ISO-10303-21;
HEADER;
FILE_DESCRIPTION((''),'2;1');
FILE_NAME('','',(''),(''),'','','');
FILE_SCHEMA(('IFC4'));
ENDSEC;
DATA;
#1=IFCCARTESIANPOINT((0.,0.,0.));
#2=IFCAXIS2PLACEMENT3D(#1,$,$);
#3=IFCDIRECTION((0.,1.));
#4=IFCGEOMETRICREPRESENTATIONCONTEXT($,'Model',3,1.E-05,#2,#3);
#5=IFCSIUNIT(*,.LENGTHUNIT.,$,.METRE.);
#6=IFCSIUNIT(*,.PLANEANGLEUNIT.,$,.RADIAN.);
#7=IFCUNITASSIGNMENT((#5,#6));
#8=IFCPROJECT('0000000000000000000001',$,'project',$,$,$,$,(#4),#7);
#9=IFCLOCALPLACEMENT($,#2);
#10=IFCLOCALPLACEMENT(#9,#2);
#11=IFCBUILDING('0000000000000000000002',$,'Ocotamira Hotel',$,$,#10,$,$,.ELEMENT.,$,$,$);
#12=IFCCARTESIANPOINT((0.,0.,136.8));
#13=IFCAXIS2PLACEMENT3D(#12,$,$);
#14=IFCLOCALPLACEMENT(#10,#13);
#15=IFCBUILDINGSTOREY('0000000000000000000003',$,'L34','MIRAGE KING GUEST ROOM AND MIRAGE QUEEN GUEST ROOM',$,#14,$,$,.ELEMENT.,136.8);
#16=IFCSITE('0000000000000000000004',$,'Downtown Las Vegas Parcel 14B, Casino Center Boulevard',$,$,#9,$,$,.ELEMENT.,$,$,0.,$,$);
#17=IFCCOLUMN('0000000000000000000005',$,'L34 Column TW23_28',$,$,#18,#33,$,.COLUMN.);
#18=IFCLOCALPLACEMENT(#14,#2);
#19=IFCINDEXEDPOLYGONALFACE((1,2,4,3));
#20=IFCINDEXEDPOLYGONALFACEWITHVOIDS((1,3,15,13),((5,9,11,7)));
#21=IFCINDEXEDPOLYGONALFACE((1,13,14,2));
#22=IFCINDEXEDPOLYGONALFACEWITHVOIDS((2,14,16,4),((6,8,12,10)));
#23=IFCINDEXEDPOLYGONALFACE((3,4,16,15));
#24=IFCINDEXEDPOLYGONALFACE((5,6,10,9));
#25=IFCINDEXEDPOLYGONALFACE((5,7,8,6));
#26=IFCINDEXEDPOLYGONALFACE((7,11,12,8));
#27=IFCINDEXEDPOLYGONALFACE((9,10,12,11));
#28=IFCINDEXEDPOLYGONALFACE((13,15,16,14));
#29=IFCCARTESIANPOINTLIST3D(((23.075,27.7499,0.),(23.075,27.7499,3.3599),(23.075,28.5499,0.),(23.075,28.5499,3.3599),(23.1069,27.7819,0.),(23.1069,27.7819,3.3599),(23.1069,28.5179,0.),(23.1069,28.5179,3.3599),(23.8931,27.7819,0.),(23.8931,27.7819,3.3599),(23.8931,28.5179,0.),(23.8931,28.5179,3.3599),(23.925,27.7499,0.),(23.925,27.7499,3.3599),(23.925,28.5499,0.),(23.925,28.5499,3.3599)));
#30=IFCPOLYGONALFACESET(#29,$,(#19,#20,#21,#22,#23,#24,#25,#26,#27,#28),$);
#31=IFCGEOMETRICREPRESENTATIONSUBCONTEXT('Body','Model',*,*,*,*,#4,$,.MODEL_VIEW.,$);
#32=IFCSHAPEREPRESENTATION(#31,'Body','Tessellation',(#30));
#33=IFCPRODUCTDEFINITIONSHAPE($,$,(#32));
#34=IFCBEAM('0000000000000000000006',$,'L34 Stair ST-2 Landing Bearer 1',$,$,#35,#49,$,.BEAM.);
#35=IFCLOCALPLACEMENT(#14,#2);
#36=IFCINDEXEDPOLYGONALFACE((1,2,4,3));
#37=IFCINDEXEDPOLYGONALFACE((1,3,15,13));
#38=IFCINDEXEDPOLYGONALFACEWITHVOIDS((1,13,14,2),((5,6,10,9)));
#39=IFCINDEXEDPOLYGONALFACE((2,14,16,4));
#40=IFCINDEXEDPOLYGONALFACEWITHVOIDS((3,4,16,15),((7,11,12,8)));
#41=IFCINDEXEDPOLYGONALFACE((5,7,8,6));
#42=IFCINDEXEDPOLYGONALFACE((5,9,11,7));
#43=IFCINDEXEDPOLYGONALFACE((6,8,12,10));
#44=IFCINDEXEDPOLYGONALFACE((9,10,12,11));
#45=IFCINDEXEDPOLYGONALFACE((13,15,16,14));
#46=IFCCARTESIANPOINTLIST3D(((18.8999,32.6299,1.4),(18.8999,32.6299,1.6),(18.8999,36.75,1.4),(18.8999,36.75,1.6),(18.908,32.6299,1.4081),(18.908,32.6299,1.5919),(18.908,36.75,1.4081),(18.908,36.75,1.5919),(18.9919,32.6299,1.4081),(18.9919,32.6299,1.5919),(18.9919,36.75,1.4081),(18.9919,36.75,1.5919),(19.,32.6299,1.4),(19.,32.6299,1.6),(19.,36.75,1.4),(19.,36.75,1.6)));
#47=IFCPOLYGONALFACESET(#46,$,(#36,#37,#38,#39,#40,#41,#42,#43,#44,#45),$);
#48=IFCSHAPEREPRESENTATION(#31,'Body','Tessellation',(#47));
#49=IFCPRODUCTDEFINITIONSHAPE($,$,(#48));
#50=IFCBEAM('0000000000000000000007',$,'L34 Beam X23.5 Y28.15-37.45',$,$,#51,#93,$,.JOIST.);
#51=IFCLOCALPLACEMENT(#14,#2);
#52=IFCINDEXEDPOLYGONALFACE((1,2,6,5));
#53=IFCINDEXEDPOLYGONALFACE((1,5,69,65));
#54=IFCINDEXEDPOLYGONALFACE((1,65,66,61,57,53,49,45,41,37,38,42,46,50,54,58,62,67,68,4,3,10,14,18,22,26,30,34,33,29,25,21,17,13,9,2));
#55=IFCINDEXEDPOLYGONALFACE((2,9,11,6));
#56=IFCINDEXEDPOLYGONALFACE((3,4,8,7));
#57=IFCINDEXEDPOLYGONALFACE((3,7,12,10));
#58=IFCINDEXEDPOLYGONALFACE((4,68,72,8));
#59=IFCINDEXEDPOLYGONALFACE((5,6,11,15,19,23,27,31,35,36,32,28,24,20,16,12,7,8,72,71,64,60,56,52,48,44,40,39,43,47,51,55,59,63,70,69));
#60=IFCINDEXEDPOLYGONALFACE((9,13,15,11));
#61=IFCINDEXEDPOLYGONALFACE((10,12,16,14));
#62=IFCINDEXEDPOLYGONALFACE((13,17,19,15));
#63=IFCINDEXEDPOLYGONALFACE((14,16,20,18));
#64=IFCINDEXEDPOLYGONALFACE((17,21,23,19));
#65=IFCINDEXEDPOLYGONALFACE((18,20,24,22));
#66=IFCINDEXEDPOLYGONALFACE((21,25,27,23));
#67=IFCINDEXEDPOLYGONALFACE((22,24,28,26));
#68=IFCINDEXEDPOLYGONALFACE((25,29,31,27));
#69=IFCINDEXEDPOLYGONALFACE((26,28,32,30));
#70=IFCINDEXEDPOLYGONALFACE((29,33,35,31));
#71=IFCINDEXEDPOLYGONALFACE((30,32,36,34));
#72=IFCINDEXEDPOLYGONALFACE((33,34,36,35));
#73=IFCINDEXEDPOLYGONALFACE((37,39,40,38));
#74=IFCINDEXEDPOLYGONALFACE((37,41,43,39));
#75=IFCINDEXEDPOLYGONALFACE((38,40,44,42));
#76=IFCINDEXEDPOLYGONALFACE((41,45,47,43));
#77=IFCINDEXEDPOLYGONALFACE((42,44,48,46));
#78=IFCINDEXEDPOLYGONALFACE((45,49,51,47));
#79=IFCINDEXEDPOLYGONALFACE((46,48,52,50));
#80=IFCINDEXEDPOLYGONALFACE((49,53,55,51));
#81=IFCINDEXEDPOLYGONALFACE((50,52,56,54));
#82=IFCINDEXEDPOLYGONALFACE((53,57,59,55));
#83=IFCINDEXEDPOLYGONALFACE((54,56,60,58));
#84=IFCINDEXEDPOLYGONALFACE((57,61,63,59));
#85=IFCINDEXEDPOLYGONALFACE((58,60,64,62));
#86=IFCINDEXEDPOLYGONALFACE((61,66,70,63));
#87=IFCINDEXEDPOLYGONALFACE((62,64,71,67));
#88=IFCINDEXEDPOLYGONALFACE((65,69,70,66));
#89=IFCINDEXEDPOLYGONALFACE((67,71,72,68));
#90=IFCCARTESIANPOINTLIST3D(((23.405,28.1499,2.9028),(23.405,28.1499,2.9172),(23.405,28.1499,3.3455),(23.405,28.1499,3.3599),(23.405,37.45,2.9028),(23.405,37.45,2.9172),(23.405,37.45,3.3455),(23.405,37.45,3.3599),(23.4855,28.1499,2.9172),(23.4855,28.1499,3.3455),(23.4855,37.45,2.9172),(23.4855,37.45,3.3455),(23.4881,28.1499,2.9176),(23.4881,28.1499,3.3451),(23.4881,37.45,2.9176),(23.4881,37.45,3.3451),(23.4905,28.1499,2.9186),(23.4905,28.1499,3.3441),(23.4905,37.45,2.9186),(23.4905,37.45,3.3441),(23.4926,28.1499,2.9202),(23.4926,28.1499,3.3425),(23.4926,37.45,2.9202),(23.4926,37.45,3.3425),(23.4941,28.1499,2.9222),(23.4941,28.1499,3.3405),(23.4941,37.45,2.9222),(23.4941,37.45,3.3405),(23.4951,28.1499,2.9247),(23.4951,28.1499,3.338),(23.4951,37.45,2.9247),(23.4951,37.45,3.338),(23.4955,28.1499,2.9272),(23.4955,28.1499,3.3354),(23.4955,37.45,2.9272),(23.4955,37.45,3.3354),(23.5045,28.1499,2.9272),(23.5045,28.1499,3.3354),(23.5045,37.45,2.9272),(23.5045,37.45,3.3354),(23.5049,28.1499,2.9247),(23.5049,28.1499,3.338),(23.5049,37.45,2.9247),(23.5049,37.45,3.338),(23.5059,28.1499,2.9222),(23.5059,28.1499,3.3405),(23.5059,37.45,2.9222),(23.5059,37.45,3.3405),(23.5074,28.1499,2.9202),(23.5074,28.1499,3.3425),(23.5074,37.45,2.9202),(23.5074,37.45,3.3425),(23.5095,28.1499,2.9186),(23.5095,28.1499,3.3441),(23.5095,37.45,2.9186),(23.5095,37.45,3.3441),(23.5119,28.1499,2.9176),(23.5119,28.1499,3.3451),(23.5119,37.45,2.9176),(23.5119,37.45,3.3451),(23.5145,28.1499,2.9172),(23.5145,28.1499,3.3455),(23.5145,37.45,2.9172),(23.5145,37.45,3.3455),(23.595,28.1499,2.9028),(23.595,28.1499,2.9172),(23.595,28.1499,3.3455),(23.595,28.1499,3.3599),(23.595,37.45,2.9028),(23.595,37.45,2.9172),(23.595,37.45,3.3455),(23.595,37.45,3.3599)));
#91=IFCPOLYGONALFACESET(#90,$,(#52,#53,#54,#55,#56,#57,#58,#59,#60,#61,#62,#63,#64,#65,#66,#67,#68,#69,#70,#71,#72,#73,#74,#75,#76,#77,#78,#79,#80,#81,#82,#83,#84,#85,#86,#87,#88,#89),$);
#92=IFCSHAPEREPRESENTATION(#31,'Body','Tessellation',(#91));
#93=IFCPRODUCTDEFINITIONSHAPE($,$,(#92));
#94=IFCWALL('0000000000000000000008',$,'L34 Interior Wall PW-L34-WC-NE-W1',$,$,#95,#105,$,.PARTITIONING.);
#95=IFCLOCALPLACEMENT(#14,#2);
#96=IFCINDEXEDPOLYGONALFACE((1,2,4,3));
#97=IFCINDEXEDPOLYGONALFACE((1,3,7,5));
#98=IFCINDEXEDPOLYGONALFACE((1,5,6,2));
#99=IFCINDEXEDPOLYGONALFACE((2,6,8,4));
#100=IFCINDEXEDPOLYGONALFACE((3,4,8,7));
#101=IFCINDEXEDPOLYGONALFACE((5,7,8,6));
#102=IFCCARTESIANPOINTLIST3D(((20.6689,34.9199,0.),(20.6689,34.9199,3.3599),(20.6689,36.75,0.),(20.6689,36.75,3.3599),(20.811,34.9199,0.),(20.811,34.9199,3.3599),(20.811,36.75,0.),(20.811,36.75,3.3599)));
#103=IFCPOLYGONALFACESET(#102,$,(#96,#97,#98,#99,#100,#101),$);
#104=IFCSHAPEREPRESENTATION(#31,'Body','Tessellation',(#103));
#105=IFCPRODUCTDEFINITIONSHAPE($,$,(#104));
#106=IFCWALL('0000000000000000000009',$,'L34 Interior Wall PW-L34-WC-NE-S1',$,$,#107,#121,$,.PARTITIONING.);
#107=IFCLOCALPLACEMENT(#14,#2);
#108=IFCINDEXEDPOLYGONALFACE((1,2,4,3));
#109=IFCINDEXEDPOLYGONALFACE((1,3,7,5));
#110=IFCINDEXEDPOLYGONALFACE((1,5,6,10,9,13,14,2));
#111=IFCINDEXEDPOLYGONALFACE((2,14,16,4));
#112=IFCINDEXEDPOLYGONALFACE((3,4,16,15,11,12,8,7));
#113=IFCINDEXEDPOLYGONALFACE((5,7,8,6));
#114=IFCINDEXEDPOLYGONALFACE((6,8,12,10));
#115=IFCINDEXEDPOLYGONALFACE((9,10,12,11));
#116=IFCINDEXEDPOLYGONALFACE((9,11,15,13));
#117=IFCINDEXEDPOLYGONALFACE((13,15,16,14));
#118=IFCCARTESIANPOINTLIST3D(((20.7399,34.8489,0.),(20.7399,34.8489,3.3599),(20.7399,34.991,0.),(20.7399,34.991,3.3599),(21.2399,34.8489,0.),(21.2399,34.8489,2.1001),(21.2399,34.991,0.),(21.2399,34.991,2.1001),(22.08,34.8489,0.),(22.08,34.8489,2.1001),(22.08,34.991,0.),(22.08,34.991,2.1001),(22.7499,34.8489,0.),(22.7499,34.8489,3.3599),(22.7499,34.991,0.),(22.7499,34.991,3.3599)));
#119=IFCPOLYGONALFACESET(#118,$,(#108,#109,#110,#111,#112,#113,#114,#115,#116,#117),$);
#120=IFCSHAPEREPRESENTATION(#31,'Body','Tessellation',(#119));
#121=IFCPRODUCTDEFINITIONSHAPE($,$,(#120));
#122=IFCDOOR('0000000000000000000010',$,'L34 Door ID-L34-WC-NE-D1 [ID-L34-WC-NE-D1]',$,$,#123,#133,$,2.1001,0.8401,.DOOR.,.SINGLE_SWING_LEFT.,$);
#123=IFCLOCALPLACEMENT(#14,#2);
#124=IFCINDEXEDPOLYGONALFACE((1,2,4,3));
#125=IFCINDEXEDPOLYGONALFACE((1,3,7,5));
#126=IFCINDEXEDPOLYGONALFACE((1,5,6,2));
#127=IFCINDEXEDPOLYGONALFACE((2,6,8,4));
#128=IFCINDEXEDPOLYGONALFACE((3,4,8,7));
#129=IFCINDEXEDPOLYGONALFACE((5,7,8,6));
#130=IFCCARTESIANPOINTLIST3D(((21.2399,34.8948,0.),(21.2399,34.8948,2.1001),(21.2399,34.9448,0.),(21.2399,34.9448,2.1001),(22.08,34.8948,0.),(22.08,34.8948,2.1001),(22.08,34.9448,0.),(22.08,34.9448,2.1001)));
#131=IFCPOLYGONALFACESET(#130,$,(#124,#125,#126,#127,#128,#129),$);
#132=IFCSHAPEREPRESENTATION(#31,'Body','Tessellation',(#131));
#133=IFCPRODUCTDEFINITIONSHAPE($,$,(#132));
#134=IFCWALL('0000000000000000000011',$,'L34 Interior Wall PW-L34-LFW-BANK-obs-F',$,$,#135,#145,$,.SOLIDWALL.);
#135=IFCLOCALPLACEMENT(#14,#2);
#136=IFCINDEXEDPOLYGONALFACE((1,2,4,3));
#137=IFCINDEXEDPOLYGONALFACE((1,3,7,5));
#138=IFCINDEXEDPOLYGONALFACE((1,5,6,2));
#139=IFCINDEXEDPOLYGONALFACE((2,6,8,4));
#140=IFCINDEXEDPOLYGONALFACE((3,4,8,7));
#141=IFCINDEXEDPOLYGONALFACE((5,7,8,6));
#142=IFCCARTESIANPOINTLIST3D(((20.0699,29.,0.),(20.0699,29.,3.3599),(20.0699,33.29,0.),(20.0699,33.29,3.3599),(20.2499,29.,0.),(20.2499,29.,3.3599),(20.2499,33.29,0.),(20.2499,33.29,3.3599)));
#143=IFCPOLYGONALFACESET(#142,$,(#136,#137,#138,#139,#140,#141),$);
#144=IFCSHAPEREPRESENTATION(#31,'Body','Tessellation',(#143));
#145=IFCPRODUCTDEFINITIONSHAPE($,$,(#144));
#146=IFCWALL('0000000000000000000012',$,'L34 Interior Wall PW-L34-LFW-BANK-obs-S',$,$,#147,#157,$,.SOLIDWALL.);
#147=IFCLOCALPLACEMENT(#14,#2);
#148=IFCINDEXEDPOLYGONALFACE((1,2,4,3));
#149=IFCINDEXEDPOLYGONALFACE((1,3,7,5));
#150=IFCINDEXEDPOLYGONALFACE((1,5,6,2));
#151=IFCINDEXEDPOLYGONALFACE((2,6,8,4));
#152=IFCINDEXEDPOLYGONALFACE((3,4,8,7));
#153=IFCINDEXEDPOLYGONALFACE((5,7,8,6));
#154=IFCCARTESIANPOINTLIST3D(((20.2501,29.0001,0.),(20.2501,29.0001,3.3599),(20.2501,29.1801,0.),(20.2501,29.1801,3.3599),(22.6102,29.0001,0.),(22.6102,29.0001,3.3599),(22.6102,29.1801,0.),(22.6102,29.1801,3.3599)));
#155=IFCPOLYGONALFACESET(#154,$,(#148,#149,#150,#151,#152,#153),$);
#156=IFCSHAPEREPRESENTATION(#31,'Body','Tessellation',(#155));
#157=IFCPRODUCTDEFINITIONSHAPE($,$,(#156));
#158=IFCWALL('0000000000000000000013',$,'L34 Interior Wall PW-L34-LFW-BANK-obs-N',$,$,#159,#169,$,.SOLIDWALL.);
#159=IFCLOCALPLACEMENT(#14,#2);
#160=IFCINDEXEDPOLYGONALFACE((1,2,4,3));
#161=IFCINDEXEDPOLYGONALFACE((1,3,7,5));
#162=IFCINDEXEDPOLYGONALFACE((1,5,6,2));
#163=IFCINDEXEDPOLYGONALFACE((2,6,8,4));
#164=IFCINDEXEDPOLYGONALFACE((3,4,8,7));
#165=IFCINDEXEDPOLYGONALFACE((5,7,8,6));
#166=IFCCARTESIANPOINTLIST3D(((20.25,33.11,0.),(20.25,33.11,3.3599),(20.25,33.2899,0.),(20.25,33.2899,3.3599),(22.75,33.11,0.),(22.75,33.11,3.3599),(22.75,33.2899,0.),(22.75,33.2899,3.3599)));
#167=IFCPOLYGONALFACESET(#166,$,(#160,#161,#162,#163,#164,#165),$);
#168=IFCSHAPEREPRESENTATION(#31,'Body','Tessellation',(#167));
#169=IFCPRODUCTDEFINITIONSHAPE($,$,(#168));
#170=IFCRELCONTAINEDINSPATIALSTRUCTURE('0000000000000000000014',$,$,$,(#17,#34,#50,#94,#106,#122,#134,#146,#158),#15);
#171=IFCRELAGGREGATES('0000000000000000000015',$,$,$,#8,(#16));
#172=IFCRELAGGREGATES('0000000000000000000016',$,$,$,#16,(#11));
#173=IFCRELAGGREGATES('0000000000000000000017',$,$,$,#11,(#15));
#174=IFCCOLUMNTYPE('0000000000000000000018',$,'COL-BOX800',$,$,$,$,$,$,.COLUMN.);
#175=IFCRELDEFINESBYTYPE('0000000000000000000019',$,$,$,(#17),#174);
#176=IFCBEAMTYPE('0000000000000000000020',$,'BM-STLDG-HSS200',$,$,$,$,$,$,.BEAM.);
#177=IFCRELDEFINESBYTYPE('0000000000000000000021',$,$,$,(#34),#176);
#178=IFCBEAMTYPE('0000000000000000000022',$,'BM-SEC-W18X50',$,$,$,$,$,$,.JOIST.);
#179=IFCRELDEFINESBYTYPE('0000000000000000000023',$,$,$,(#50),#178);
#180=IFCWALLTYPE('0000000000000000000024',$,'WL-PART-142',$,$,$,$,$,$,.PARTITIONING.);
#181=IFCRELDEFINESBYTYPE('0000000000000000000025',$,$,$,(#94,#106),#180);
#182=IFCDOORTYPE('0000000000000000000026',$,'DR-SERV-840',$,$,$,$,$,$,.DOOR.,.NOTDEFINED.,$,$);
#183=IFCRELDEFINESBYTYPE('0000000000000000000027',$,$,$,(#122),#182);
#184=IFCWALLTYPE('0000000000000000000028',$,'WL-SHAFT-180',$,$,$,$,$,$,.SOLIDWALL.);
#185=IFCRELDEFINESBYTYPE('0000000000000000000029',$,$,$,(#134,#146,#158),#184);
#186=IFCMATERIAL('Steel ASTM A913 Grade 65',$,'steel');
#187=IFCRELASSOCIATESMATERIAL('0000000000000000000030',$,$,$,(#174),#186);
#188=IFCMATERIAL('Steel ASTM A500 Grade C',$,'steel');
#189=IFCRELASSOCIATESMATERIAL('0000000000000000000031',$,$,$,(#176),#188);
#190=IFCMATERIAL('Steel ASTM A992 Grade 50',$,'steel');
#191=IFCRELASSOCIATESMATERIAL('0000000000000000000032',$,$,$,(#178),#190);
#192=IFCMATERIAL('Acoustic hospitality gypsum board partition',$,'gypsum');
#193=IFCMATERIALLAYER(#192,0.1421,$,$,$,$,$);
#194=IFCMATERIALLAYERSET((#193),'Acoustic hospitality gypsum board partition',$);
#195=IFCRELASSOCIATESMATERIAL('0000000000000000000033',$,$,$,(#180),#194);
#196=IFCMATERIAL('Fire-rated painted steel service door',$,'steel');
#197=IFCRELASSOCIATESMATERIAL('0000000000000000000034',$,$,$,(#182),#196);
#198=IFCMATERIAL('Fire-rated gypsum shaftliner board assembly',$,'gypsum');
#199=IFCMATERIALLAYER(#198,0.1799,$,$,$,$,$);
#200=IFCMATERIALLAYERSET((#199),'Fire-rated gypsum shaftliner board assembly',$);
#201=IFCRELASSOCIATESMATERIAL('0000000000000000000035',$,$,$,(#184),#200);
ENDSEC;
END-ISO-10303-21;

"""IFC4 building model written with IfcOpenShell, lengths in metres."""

from ifc_helpers import new_model, si_unit, direction, frame, frame_2d, origin, origin_2d, place, context, subcontext, project, spatial, rectangle, hollow_rectangle, i_section, extrude, source, transform, mapped, material, layer, layer_set, material_profile, profile_set, type_object, element, fill, save


model = new_model("IFC4")

# Units and contexts
model_context = context("Model", 3, precision=1e-05, world=origin(), true_north=direction((0.0, 1.0)))
body_context = subcontext(model_context, "Body", "Model", "MODEL_VIEW")
ifc_project = project(units=[si_unit("LENGTHUNIT", "METRE"), si_unit("PLANEANGLEUNIT", "RADIAN")], contexts=[model_context])

# Site, building, storey
site_placement = place(None, origin())
site = spatial("IfcSite", under=ifc_project, at=site_placement, Name="Downtown Las Vegas Parcel 14B, Casino Center Boulevard", CompositionType="ELEMENT", RefElevation=0.0)
building_placement = place(site_placement, origin())
building = spatial("IfcBuilding", under=site, at=building_placement, Name="Ocotamira Hotel", CompositionType="ELEMENT")
storey_placement = place(building_placement, frame((0.0, 0.0, 136.8)))
storey = spatial("IfcBuildingStorey", under=building, at=storey_placement, Name="L34", Description="MIRAGE KING GUEST ROOM AND MIRAGE QUEEN GUEST ROOM", CompositionType="ELEMENT", Elevation=136.8)

# Column
ifc_material_1 = material(Name="Steel ASTM A913 Grade 65", Category="steel")
ifc_material_profile_1 = material_profile(ifc_material_1, hollow_rectangle(XDim=0.8501, YDim=0.8, WallThickness=0.032, at=origin_2d()), Name="BOX800X850X32")
ifc_profile_set_1 = profile_set([ifc_material_profile_1], Name="Steel ASTM A913 Grade 65")
column_type = type_object("IfcColumnType", Name="COL-BOX800", PredefinedType="COLUMN", material=ifc_profile_set_1)
shared_shape_1 = source(origin(), body_context, "Body", "SweptSolid", [
    extrude(hollow_rectangle(XDim=0.8501, YDim=0.8, WallThickness=0.032, at=origin_2d()), origin(), (0.0, 0.0, 1.0), 3.3599),
])
column_placement = place(storey_placement, frame((23.5, 28.1499, 0.0), z_axis=(0.0, 0.0, 1.0), x_axis=(1.0, 0.0, 0.0)))
element("IfcColumn", 1, at=column_placement, inside=storey, type_object=column_type, Name="L34 Column TW23_28", PredefinedType="COLUMN", context=body_context, shape_type="MappedRepresentation", body=[
    mapped(shared_shape_1, transform((0.0, 0.0, 0.0), scale=1.0)),
])

# Beams
ifc_material_2 = material(Name="Steel ASTM A500 Grade C", Category="steel")
ifc_material_profile_2 = material_profile(ifc_material_2, hollow_rectangle(XDim=0.1001, YDim=0.2, WallThickness=0.0081, at=origin_2d()), Name="HSS200X100X8")
ifc_profile_set_2 = profile_set([ifc_material_profile_2], Name="Steel ASTM A500 Grade C")
beam_type_1 = type_object("IfcBeamType", Name="BM-STLDG-HSS200", PredefinedType="BEAM", material=ifc_profile_set_2)
shared_shape_2 = source(origin(), body_context, "Body", "SweptSolid", [
    extrude(hollow_rectangle(XDim=0.1001, YDim=0.2, WallThickness=0.0081, at=origin_2d()), origin(), (0.0, 0.0, 1.0), 4.1201),
])
beam_1_placement = place(storey_placement, frame((18.95, 32.6299, 1.5), z_axis=(0.0, 1.0, 0.0), x_axis=(-1.0, 0.0, 0.0)))
element("IfcBeam", 2, at=beam_1_placement, inside=storey, type_object=beam_type_1, Name="L34 Stair ST-2 Landing Bearer 1", PredefinedType="BEAM", context=body_context, shape_type="MappedRepresentation", body=[
    mapped(shared_shape_2, transform((0.0, 0.0, 0.0), scale=1.0)),
])
ifc_material_3 = material(Name="Steel ASTM A992 Grade 50", Category="steel")
ifc_material_profile_3 = material_profile(ifc_material_3, i_section(OverallWidth=0.1899, OverallDepth=0.457, WebThickness=0.009, FlangeThickness=0.0144, FilletRadius=0.01, at=origin_2d()), Name="W18X50")
ifc_profile_set_3 = profile_set([ifc_material_profile_3], Name="Steel ASTM A992 Grade 50")
beam_type_2 = type_object("IfcBeamType", Name="BM-SEC-W18X50", PredefinedType="JOIST", material=ifc_profile_set_3)
shared_shape_3 = source(origin(), body_context, "Body", "SweptSolid", [
    extrude(i_section(OverallWidth=0.1899, OverallDepth=0.457, WebThickness=0.009, FlangeThickness=0.0144, FilletRadius=0.01, at=origin_2d()), origin(), (0.0, 0.0, 1.0), 9.3),
])
beam_2_placement = place(storey_placement, frame((23.5, 28.1499, 3.1313), z_axis=(0.0, 1.0, 0.0), x_axis=(-1.0, 0.0, 0.0)))
element("IfcBeam", 3, at=beam_2_placement, inside=storey, type_object=beam_type_2, Name="L34 Beam X23.5 Y28.15-37.45", PredefinedType="JOIST", context=body_context, shape_type="MappedRepresentation", body=[
    mapped(shared_shape_3, transform((0.0, 0.0, 0.0), scale=1.0)),
])

# Wall
ifc_material_4 = material(Name="Acoustic hospitality gypsum board partition", Category="gypsum")
ifc_layer_1 = layer(ifc_material_4, 0.1421)
ifc_layer_set_1 = layer_set([ifc_layer_1], Name="Acoustic hospitality gypsum board partition")
wall_type_1 = type_object("IfcWallType", Name="WL-PART-142", PredefinedType="PARTITIONING", material=ifc_layer_set_1)
wall_1_placement = place(storey_placement, frame((20.74, 34.9199, 0.0), z_axis=(0.0, 0.0, 1.0), x_axis=(0.0, 1.0, 0.0)))
element("IfcWall", 4, at=wall_1_placement, inside=storey, type_object=wall_type_1, Name="L34 Interior Wall PW-L34-WC-NE-W1", PredefinedType="PARTITIONING", context=body_context, shape_type="SweptSolid", body=[
    extrude(rectangle(XDim=1.8301, YDim=0.1421, at=frame_2d((0.915, 0.0))), origin(), (0.0, 0.0, 1.0), 3.3599),
])

# Wall, opening, door
wall_2_placement = place(storey_placement, frame((20.74, 34.9199, 0.0), z_axis=(0.0, 0.0, 1.0), x_axis=(1.0, 0.0, 0.0)))
wall_2 = element("IfcWall", 5, at=wall_2_placement, inside=storey, type_object=wall_type_1, Name="L34 Interior Wall PW-L34-WC-NE-S1", PredefinedType="PARTITIONING", context=body_context, shape_type="SweptSolid", body=[
    extrude(rectangle(XDim=2.01, YDim=0.1421, at=frame_2d((1.0049, 0.0))), origin(), (0.0, 0.0, 1.0), 3.3599),
])
opening_1_placement = place(wall_2_placement, frame((0.5, 0.0, 0.0)))
opening_1 = element("IfcOpeningElement", 6, at=opening_1_placement, cuts=wall_2, PredefinedType="OPENING", context=body_context, shape_type="SweptSolid", body=[
    extrude(rectangle(XDim=0.8401, YDim=2.1001, at=frame_2d((0.4199, 1.05))), frame((0.0, 0.0811, 0.0), z_axis=(0.0, -1.0, 0.0), x_axis=(1.0, 0.0, 0.0)), (0.0, 0.0, 1.0), 0.1621),
])
ifc_material_5 = material(Name="Fire-rated painted steel service door", Category="steel")
door_type_1 = type_object("IfcDoorType", Name="DR-SERV-840", OperationType="NOTDEFINED", PredefinedType="DOOR", material=ifc_material_5)
shared_shape_4 = source(origin(), body_context, "Body", "SweptSolid", [
    extrude(rectangle(XDim=0.8401, YDim=2.1001, at=frame_2d((0.4199, 1.05))), frame((0.0, 0.0249, 0.0), z_axis=(0.0, -1.0, 0.0), x_axis=(1.0, 0.0, 0.0)), (0.0, 0.0, 1.0), 0.05),
])
door_1_placement = place(opening_1_placement, origin())
door_1 = element("IfcDoor", 7, at=door_1_placement, inside=storey, type_object=door_type_1, Name="L34 Door ID-L34-WC-NE-D1 [ID-L34-WC-NE-D1]", OperationType="SINGLE_SWING_LEFT", OverallHeight=2.1001, OverallWidth=0.8401, PredefinedType="DOOR", context=body_context, shape_type="MappedRepresentation", body=[
    mapped(shared_shape_4, transform((0.0, 0.0, 0.0), scale=1.0)),
])
fill(opening_1, door_1)

# Walls
ifc_material_6 = material(Name="Fire-rated gypsum shaftliner board assembly", Category="gypsum")
ifc_layer_2 = layer(ifc_material_6, 0.1799)
ifc_layer_set_2 = layer_set([ifc_layer_2], Name="Fire-rated gypsum shaftliner board assembly")
wall_type_2 = type_object("IfcWallType", Name="WL-SHAFT-180", PredefinedType="SOLIDWALL", material=ifc_layer_set_2)
wall_3_placement = place(storey_placement, frame((20.1599, 29.0, 0.0), z_axis=(0.0, 0.0, 1.0), x_axis=(0.0, 1.0, 0.0)))
element("IfcWall", 8, at=wall_3_placement, inside=storey, type_object=wall_type_2, Name="L34 Interior Wall PW-L34-LFW-BANK-obs-F", PredefinedType="SOLIDWALL", context=body_context, shape_type="SweptSolid", body=[
    extrude(rectangle(XDim=4.29, YDim=0.1799, at=frame_2d((2.145, 0.0))), origin(), (0.0, 0.0, 1.0), 3.3599),
])
wall_4_placement = place(storey_placement, frame((20.25, 29.0901, 0.0), z_axis=(0.0, 0.0, 1.0), x_axis=(1.0, 0.0, 0.0)))
element("IfcWall", 9, at=wall_4_placement, inside=storey, type_object=wall_type_2, Name="L34 Interior Wall PW-L34-LFW-BANK-obs-S", PredefinedType="SOLIDWALL", context=body_context, shape_type="SweptSolid", body=[
    extrude(rectangle(XDim=2.3601, YDim=0.1799, at=frame_2d((1.1802, 0.0))), origin(), (0.0, 0.0, 1.0), 3.3599),
])
wall_5_placement = place(storey_placement, frame((20.25, 33.2, 0.0), z_axis=(0.0, 0.0, 1.0), x_axis=(1.0, 0.0, 0.0)))
element("IfcWall", 10, at=wall_5_placement, inside=storey, type_object=wall_type_2, Name="L34 Interior Wall PW-L34-LFW-BANK-obs-N", PredefinedType="SOLIDWALL", context=body_context, shape_type="SweptSolid", body=[
    extrude(rectangle(XDim=2.5, YDim=0.1799, at=frame_2d((1.25, 0.0))), origin(), (0.0, 0.0, 1.0), 3.3599),
])

save(model, "model.ifc")
